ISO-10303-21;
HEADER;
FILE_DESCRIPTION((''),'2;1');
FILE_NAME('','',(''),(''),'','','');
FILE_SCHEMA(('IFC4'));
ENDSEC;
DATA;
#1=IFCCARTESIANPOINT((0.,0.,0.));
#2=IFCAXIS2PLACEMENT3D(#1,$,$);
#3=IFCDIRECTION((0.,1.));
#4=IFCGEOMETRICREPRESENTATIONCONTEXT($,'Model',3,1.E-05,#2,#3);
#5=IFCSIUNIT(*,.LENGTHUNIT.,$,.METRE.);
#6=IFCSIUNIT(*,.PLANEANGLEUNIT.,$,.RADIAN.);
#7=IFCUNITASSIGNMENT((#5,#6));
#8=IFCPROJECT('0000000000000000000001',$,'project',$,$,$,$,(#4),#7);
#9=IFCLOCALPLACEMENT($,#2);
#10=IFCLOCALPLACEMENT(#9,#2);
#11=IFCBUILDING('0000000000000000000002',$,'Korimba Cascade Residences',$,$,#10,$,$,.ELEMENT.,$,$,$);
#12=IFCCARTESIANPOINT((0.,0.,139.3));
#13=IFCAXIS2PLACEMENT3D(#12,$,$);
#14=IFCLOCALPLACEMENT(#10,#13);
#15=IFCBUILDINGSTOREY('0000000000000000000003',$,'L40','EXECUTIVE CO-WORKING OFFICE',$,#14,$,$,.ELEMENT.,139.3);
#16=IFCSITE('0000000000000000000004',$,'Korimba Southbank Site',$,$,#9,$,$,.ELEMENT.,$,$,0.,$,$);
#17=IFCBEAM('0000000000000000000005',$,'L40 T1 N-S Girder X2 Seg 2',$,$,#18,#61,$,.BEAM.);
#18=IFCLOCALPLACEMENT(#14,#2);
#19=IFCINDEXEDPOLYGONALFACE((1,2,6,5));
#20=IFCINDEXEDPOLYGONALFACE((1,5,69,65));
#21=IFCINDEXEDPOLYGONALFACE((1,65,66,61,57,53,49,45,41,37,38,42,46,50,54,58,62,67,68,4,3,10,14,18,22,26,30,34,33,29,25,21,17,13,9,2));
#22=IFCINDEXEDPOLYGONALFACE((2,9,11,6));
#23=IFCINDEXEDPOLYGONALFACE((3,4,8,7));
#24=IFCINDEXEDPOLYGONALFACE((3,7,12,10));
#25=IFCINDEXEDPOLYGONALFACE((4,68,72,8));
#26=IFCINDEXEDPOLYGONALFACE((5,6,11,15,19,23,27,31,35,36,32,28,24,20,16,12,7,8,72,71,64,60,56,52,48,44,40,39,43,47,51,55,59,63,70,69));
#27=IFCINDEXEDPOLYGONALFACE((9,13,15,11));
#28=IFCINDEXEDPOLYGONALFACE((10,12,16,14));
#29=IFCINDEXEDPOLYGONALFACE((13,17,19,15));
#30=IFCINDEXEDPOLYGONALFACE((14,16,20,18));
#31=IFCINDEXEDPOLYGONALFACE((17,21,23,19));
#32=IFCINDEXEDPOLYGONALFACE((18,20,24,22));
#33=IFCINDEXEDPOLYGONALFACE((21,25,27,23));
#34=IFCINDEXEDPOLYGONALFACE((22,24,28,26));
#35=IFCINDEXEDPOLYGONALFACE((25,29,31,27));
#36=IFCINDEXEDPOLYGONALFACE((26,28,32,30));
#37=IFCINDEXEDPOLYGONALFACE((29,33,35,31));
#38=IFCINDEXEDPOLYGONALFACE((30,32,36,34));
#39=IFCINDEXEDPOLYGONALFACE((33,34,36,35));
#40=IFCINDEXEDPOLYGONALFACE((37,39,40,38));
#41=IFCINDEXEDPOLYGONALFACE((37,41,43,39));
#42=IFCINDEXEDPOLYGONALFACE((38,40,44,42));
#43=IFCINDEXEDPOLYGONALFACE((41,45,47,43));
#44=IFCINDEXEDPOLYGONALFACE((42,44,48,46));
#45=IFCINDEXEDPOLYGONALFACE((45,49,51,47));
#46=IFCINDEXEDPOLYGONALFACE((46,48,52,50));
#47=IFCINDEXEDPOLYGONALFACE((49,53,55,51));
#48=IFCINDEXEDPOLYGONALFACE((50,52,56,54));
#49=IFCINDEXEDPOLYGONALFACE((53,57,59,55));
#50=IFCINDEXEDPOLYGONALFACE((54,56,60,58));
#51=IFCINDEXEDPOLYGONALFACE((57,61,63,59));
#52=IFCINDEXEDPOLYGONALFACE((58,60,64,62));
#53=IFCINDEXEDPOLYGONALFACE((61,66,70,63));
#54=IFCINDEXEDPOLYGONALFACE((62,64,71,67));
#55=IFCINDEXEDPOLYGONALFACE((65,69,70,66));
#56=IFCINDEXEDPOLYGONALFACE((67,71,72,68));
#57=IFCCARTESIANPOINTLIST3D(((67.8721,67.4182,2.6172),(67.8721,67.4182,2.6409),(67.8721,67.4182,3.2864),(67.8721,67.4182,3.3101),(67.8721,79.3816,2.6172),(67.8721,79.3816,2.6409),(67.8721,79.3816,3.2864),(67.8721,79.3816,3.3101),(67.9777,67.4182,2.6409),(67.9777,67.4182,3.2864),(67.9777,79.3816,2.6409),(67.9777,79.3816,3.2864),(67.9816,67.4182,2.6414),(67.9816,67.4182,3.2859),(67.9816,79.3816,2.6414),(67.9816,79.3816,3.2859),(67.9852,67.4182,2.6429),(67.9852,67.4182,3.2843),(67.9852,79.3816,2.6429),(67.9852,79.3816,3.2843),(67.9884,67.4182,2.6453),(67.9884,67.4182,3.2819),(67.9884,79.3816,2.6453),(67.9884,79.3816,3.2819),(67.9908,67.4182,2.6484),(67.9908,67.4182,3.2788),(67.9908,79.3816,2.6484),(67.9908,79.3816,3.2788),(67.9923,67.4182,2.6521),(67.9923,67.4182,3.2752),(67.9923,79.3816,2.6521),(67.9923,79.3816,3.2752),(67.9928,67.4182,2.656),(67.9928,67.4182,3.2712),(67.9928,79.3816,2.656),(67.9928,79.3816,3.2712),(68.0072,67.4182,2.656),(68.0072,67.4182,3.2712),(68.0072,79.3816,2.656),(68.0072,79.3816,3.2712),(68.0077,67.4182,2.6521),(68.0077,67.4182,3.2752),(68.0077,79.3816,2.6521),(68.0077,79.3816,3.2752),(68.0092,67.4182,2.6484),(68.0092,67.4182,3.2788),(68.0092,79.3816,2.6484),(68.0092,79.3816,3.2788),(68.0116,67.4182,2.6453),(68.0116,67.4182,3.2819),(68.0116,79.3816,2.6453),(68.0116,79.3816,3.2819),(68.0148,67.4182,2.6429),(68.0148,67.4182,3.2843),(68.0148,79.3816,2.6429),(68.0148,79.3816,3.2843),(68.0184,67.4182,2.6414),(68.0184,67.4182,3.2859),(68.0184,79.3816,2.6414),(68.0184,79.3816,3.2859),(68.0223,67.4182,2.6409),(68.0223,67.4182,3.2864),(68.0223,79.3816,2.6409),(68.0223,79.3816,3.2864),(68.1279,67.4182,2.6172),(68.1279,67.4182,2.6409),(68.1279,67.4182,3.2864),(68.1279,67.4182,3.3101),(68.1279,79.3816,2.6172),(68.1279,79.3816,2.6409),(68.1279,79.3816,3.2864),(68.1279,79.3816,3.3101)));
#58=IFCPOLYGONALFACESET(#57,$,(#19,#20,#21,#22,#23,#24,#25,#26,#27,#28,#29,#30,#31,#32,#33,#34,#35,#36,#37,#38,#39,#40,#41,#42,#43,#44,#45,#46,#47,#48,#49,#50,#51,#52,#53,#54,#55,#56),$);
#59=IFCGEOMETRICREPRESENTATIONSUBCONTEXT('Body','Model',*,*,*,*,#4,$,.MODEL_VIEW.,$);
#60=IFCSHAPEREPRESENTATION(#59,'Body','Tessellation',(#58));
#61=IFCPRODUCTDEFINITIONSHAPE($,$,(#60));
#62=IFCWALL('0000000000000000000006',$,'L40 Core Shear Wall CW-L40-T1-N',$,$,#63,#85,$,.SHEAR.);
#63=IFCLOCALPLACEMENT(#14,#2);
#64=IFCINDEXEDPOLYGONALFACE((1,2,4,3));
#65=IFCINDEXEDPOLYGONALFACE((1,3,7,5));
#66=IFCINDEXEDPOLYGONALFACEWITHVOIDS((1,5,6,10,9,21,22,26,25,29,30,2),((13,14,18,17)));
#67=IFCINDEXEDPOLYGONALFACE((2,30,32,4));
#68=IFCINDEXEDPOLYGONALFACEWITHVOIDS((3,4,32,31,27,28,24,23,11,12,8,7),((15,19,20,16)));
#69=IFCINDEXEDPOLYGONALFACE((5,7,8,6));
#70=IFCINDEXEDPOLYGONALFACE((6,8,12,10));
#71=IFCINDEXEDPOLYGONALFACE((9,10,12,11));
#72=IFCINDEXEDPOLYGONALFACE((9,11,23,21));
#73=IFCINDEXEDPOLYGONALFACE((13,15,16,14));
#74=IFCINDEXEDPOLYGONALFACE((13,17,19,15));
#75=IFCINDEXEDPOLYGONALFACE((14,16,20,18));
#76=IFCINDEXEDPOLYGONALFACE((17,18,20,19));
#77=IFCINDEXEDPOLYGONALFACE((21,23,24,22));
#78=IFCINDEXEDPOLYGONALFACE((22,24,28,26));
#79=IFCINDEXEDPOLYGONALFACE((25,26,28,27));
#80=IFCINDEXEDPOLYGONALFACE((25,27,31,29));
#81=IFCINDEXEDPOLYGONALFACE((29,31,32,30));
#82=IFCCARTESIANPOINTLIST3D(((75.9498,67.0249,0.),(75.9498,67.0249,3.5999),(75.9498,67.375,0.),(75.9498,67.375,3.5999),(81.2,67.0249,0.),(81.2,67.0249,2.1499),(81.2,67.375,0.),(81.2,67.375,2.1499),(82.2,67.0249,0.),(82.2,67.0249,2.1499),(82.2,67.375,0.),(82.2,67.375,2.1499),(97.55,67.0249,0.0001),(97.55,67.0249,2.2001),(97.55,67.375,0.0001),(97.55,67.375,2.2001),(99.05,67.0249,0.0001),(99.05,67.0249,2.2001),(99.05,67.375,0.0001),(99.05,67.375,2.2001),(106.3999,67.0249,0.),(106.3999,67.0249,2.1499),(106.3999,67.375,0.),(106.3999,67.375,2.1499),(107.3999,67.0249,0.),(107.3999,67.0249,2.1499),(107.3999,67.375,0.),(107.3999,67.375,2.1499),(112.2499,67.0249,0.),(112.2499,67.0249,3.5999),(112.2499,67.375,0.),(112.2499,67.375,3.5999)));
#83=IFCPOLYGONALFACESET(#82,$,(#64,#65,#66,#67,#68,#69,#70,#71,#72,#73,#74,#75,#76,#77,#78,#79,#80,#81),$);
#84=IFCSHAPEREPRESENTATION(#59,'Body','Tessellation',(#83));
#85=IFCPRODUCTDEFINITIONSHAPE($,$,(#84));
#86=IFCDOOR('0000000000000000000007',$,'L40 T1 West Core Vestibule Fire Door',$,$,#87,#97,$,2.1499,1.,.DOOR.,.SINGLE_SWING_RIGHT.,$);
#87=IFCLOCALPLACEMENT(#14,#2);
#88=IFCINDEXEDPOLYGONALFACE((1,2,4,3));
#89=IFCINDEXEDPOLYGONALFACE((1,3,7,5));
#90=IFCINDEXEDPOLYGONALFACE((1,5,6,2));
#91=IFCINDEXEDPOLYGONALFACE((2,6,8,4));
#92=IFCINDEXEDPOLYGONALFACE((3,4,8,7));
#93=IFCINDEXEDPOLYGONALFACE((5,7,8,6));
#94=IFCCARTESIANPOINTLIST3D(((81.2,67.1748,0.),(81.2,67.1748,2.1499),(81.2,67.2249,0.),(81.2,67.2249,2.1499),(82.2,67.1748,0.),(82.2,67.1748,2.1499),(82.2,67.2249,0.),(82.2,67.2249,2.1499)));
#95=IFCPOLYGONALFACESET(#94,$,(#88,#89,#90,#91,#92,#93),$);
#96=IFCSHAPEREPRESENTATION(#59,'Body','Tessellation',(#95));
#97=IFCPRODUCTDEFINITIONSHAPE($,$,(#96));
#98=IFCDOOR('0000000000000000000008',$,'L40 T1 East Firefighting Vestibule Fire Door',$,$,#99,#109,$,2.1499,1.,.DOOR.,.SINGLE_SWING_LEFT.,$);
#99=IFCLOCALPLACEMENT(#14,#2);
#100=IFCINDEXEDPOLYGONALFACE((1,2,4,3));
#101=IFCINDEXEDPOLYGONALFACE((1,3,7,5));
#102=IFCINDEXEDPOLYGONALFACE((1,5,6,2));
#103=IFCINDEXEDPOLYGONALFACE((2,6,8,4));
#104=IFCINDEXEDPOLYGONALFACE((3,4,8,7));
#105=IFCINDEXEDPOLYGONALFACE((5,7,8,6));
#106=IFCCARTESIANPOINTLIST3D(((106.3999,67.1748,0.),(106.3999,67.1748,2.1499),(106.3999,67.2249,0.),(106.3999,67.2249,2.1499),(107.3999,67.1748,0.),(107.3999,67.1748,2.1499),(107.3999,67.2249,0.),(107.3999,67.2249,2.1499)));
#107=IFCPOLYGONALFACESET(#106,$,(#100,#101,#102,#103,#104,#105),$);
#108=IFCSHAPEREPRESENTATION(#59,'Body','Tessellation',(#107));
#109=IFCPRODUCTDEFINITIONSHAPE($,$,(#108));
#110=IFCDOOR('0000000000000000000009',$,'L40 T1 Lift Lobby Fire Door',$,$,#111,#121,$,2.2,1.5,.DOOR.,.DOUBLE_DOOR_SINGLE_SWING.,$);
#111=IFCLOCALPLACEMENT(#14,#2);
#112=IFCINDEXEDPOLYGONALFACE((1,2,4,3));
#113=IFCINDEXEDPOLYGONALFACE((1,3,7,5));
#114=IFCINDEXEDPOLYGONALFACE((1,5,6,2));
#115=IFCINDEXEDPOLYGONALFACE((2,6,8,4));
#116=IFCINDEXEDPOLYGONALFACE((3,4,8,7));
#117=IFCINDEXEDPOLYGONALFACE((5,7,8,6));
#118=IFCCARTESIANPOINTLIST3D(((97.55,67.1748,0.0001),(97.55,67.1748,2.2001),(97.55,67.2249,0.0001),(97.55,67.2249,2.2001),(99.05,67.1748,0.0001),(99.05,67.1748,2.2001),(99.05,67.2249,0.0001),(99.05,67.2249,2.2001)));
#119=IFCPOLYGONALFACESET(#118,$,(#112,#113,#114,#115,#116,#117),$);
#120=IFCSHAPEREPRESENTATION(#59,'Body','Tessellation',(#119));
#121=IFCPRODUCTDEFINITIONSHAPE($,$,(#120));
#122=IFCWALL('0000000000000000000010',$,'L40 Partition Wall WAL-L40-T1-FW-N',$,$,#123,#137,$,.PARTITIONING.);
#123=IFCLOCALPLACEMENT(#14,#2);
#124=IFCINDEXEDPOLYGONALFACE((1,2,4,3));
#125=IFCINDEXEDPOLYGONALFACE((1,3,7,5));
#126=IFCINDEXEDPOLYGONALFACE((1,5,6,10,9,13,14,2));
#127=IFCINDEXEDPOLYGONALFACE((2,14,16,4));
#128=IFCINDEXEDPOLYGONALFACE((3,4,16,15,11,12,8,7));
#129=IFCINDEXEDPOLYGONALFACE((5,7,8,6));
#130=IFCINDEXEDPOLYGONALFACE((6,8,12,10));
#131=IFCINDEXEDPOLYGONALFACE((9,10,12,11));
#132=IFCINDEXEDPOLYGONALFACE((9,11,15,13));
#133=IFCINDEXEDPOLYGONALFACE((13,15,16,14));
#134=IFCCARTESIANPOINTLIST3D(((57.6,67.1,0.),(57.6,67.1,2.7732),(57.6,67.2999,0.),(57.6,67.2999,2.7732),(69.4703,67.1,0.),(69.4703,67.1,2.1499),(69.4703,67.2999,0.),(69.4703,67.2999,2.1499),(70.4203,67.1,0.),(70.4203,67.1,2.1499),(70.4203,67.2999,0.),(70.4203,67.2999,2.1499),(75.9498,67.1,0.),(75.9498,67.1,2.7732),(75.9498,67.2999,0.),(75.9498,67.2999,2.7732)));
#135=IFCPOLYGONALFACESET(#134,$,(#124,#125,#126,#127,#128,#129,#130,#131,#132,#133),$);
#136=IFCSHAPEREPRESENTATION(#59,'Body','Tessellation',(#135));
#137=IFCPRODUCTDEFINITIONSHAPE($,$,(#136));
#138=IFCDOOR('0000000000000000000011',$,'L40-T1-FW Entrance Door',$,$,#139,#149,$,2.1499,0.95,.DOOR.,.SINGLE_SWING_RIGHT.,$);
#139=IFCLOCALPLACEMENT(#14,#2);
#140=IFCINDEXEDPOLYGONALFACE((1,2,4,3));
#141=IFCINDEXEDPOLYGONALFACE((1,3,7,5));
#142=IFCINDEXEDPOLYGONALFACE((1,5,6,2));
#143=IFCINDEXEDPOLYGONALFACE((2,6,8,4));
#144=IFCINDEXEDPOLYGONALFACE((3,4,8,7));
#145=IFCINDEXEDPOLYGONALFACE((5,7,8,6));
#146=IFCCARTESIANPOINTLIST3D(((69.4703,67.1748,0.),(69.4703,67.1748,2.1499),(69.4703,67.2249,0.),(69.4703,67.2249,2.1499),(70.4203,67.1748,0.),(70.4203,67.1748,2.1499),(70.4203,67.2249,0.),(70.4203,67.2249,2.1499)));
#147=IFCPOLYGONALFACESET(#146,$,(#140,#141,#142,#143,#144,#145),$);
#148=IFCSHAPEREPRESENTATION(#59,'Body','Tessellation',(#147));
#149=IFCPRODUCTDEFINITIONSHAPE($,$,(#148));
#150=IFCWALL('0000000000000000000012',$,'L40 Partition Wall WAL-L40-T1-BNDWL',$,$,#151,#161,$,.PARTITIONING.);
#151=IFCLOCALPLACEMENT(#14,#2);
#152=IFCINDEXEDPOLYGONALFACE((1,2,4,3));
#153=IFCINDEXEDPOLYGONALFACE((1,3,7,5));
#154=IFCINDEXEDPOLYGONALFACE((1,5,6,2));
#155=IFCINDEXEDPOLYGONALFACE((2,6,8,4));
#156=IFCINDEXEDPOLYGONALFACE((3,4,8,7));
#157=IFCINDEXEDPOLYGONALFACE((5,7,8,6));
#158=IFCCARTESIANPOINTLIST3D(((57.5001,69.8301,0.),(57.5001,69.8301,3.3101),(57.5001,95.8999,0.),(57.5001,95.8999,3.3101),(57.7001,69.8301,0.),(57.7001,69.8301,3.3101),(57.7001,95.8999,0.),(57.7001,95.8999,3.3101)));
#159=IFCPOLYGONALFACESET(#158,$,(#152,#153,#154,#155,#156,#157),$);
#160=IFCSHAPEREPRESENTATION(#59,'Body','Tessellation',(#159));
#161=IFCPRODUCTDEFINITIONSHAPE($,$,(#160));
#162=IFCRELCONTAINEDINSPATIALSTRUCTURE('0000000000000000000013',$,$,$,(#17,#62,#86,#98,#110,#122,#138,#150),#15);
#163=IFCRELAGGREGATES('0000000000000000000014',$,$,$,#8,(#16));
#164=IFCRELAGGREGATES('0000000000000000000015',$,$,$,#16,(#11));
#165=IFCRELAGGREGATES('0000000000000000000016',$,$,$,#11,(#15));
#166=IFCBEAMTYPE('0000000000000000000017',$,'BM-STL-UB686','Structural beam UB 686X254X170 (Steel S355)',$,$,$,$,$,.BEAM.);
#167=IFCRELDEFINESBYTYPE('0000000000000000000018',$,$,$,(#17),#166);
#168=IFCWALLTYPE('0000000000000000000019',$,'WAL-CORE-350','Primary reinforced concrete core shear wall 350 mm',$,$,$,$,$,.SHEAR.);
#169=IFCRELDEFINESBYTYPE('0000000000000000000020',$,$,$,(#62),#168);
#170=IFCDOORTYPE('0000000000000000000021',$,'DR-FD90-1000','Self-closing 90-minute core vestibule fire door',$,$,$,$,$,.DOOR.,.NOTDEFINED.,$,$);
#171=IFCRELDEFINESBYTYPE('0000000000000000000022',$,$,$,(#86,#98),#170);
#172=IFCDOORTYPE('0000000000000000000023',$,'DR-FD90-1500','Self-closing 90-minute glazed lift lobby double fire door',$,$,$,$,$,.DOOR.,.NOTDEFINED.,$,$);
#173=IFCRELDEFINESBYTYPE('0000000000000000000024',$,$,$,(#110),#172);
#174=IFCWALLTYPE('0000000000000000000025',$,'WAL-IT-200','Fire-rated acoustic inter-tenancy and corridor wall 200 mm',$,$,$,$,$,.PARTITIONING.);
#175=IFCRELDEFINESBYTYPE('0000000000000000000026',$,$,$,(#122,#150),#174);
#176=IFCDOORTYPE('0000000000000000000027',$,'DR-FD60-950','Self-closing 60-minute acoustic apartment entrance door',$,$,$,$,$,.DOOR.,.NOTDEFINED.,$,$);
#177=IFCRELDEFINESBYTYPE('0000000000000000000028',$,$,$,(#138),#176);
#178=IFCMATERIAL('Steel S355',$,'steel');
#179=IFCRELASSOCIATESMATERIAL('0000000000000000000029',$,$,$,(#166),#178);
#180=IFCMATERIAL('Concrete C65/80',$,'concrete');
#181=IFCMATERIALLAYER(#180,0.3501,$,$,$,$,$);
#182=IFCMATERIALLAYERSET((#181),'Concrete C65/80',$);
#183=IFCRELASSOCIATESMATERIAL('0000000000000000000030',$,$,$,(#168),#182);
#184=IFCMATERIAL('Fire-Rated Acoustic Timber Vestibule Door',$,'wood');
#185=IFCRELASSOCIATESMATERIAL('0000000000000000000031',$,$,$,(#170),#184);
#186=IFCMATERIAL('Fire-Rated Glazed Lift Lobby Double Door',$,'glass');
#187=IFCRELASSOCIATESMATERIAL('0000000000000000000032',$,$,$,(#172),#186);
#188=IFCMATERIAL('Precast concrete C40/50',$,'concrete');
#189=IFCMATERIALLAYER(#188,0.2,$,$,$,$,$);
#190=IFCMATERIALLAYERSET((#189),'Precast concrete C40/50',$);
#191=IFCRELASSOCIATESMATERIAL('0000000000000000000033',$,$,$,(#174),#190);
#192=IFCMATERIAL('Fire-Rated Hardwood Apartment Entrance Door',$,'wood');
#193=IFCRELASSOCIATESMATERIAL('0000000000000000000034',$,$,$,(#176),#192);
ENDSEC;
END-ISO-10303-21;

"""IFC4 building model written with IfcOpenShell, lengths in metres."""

from ifc_helpers import new_model, si_unit, direction, frame, frame_2d, origin, origin_2d, place, context, subcontext, project, spatial, rectangle, i_section, extrude, material, layer, layer_set, material_profile, profile_set, type_object, element, fill, save


model = new_model("IFC4")

# Units and contexts
model_context = context("Model", 3, precision=1e-05, world=origin(), true_north=direction((0.0, 1.0)))
body_context = subcontext(model_context, "Body", "Model", "MODEL_VIEW")
ifc_project = project(units=[si_unit("LENGTHUNIT", "METRE"), si_unit("PLANEANGLEUNIT", "RADIAN")], contexts=[model_context])

# Site, building, storey
site_placement = place(None, origin())
site = spatial("IfcSite", under=ifc_project, at=site_placement, Name="Korimba Southbank Site", CompositionType="ELEMENT", RefElevation=0.0)
building_placement = place(site_placement, origin())
building = spatial("IfcBuilding", under=site, at=building_placement, Name="Korimba Cascade Residences", CompositionType="ELEMENT")
storey_placement = place(building_placement, frame((0.0, 0.0, 139.3)))
storey = spatial("IfcBuildingStorey", under=building, at=storey_placement, Name="L40", Description="EXECUTIVE CO-WORKING OFFICE", CompositionType="ELEMENT", Elevation=139.3)

# Beam
ifc_material_1 = material(Name="Steel S355", Category="steel")
ifc_material_profile_1 = material_profile(ifc_material_1, i_section(OverallWidth=0.2559, OverallDepth=0.6929, WebThickness=0.0144, FlangeThickness=0.0237, FilletRadius=0.0151, at=origin_2d()), Name="Steel S355")
ifc_profile_set_1 = profile_set([ifc_material_profile_1], Name="Steel S355")
beam_type_1 = type_object("IfcBeamType", Name="BM-STL-UB686", Description="Structural beam UB 686X254X170 (Steel S355)", PredefinedType="BEAM", material=ifc_profile_set_1)
for number, where, z_axis, x_axis, name in (
    (1, (68.0, 67.4182, 2.9636), (0.0, 1.0, 0.0), (-1.0, 0.0, 0.0), "L40 T1 N-S Girder X2 Seg 2"),
):
    element("IfcBeam", number, at=place(storey_placement, frame(where, z_axis=z_axis, x_axis=x_axis)), inside=storey, type_object=beam_type_1, Name=name, PredefinedType="BEAM", context=body_context, shape_type="SweptSolid", body=[
        extrude(i_section(OverallWidth=0.2559, OverallDepth=0.6929, WebThickness=0.0144, FlangeThickness=0.0237, FilletRadius=0.0151, at=origin_2d()), origin(), (0.0, 0.0, 1.0), 11.9634),
    ])

# Wall, openings, doors
ifc_material_2 = material(Name="Concrete C65/80", Category="concrete")
ifc_layer_1 = layer(ifc_material_2, 0.3501)
ifc_layer_set_1 = layer_set([ifc_layer_1], Name="Concrete C65/80")
wall_type_1 = type_object("IfcWallType", Name="WAL-CORE-350", Description="Primary reinforced concrete core shear wall 350 mm", PredefinedType="SHEAR", material=ifc_layer_set_1)
wall_1_placement = place(storey_placement, frame((75.95, 67.2, 0.0), z_axis=(0.0, 0.0, 1.0), x_axis=(1.0, 0.0, 0.0)))
wall_1 = element("IfcWall", 2, at=wall_1_placement, inside=storey, type_object=wall_type_1, Name="L40 Core Shear Wall CW-L40-T1-N", PredefinedType="SHEAR", context=body_context, shape_type="SweptSolid", body=[
    extrude(rectangle(XDim=36.3, YDim=0.3501, at=frame_2d((18.1499, 0.0))), origin(), (0.0, 0.0, 1.0), 3.5999),
])
opening_1_placement = place(wall_1_placement, frame((5.25, 0.0, 0.0)))
opening_1 = element("IfcOpeningElement", 3, at=opening_1_placement, cuts=wall_1, PredefinedType="OPENING", context=body_context, shape_type="SweptSolid", body=[
    extrude(rectangle(XDim=1.0, YDim=2.1499, at=frame_2d((0.5, 1.075))), frame((0.0, 0.1851, 0.0), z_axis=(0.0, -1.0, 0.0), x_axis=(1.0, 0.0, 0.0)), (0.0, 0.0, 1.0), 0.3701),
])
opening_2_placement = place(wall_1_placement, frame((21.6001, 0.0, 0.0)))
opening_2 = element("IfcOpeningElement", 4, at=opening_2_placement, cuts=wall_1, PredefinedType="OPENING", context=body_context, shape_type="SweptSolid", body=[
    extrude(rectangle(XDim=1.5, YDim=2.2, at=frame_2d((0.75, 1.1001))), frame((0.0, 0.1851, 0.0), z_axis=(0.0, -1.0, 0.0), x_axis=(1.0, 0.0, 0.0)), (0.0, 0.0, 1.0), 0.3701),
])
opening_3_placement = place(wall_1_placement, frame((30.45, 0.0, 0.0)))
opening_3 = element("IfcOpeningElement", 5, at=opening_3_placement, cuts=wall_1, PredefinedType="OPENING", context=body_context, shape_type="SweptSolid", body=[
    extrude(rectangle(XDim=1.0, YDim=2.1499, at=frame_2d((0.5, 1.075))), frame((0.0, 0.1851, 0.0), z_axis=(0.0, -1.0, 0.0), x_axis=(1.0, 0.0, 0.0)), (0.0, 0.0, 1.0), 0.3701),
])
ifc_material_3 = material(Name="Fire-Rated Acoustic Timber Vestibule Door", Category="wood")
door_type_1 = type_object("IfcDoorType", Name="DR-FD90-1000", Description="Self-closing 90-minute core vestibule fire door", OperationType="NOTDEFINED", PredefinedType="DOOR", material=ifc_material_3)
door_1_placement = place(opening_1_placement, origin())
door_1 = element("IfcDoor", 6, at=door_1_placement, inside=storey, type_object=door_type_1, Name="L40 T1 West Core Vestibule Fire Door", OperationType="SINGLE_SWING_RIGHT", OverallHeight=2.1499, OverallWidth=1.0, PredefinedType="DOOR", context=body_context, shape_type="SweptSolid", body=[
    extrude(rectangle(XDim=1.0, YDim=2.1499, at=frame_2d((0.5, 1.075))), frame((0.0, 0.0249, 0.0), z_axis=(0.0, -1.0, 0.0), x_axis=(1.0, 0.0, 0.0)), (0.0, 0.0, 1.0), 0.05),
])
fill(opening_1, door_1)
door_2_placement = place(opening_3_placement, origin())
door_2 = element("IfcDoor", 7, at=door_2_placement, inside=storey, type_object=door_type_1, Name="L40 T1 East Firefighting Vestibule Fire Door", OperationType="SINGLE_SWING_LEFT", OverallHeight=2.1499, OverallWidth=1.0, PredefinedType="DOOR", context=body_context, shape_type="SweptSolid", body=[
    extrude(rectangle(XDim=1.0, YDim=2.1499, at=frame_2d((0.5, 1.075))), frame((0.0, 0.0249, 0.0), z_axis=(0.0, -1.0, 0.0), x_axis=(1.0, 0.0, 0.0)), (0.0, 0.0, 1.0), 0.05),
])
fill(opening_3, door_2)
ifc_material_4 = material(Name="Fire-Rated Glazed Lift Lobby Double Door", Category="glass")
door_type_2 = type_object("IfcDoorType", Name="DR-FD90-1500", Description="Self-closing 90-minute glazed lift lobby double fire door", OperationType="NOTDEFINED", PredefinedType="DOOR", material=ifc_material_4)
door_3_placement = place(opening_2_placement, origin())
door_3 = element("IfcDoor", 8, at=door_3_placement, inside=storey, type_object=door_type_2, Name="L40 T1 Lift Lobby Fire Door", OperationType="DOUBLE_DOOR_SINGLE_SWING", OverallHeight=2.2, OverallWidth=1.5, PredefinedType="DOOR", context=body_context, shape_type="SweptSolid", body=[
    extrude(rectangle(XDim=1.5, YDim=2.2, at=frame_2d((0.75, 1.1001))), frame((0.0, 0.0249, 0.0), z_axis=(0.0, -1.0, 0.0), x_axis=(1.0, 0.0, 0.0)), (0.0, 0.0, 1.0), 0.05),
])
fill(opening_2, door_3)

# Wall, opening, door
ifc_material_5 = material(Name="Precast concrete C40/50", Category="concrete")
ifc_layer_2 = layer(ifc_material_5, 0.2)
ifc_layer_set_2 = layer_set([ifc_layer_2], Name="Precast concrete C40/50")
wall_type_2 = type_object("IfcWallType", Name="WAL-IT-200", Description="Fire-rated acoustic inter-tenancy and corridor wall 200 mm", PredefinedType="PARTITIONING", material=ifc_layer_set_2)
wall_2_placement = place(storey_placement, frame((57.6001, 67.2, 0.0), z_axis=(0.0, 0.0, 1.0), x_axis=(1.0, 0.0, 0.0)))
wall_2 = element("IfcWall", 9, at=wall_2_placement, inside=storey, type_object=wall_type_2, Name="L40 Partition Wall WAL-L40-T1-FW-N", PredefinedType="PARTITIONING", context=body_context, shape_type="SweptSolid", body=[
    extrude(rectangle(XDim=18.3499, YDim=0.2, at=frame_2d((9.1748, 0.0))), origin(), (0.0, 0.0, 1.0), 2.7732),
])
opening_4_placement = place(wall_2_placement, frame((11.8701, 0.0, 0.0)))
opening_4 = element("IfcOpeningElement", 10, at=opening_4_placement, cuts=wall_2, PredefinedType="OPENING", context=body_context, shape_type="SweptSolid", body=[
    extrude(rectangle(XDim=0.95, YDim=2.1499, at=frame_2d((0.4751, 1.075))), frame((0.0, 0.1099, 0.0), z_axis=(0.0, -1.0, 0.0), x_axis=(1.0, 0.0, 0.0)), (0.0, 0.0, 1.0), 0.22),
])
ifc_material_6 = material(Name="Fire-Rated Hardwood Apartment Entrance Door", Category="wood")
door_type_3 = type_object("IfcDoorType", Name="DR-FD60-950", Description="Self-closing 60-minute acoustic apartment entrance door", OperationType="NOTDEFINED", PredefinedType="DOOR", material=ifc_material_6)
door_4_placement = place(opening_4_placement, origin())
door_4 = element("IfcDoor", 11, at=door_4_placement, inside=storey, type_object=door_type_3, Name="L40-T1-FW Entrance Door", OperationType="SINGLE_SWING_RIGHT", OverallHeight=2.1499, OverallWidth=0.95, PredefinedType="DOOR", context=body_context, shape_type="SweptSolid", body=[
    extrude(rectangle(XDim=0.95, YDim=2.1499, at=frame_2d((0.4751, 1.075))), frame((0.0, 0.0249, 0.0), z_axis=(0.0, -1.0, 0.0), x_axis=(1.0, 0.0, 0.0)), (0.0, 0.0, 1.0), 0.05),
])
fill(opening_4, door_4)

# Wall
wall_3_placement = place(storey_placement, frame((57.6001, 69.8301, 0.0), z_axis=(0.0, 0.0, 1.0), x_axis=(0.0, 1.0, 0.0)))
element("IfcWall", 12, at=wall_3_placement, inside=storey, type_object=wall_type_2, Name="L40 Partition Wall WAL-L40-T1-BNDWL", PredefinedType="PARTITIONING", context=body_context, shape_type="SweptSolid", body=[
    extrude(rectangle(XDim=26.0698, YDim=0.2, at=frame_2d((13.0349, 0.0))), origin(), (0.0, 0.0, 1.0), 3.3101),
])

save(model, "model.ifc")
